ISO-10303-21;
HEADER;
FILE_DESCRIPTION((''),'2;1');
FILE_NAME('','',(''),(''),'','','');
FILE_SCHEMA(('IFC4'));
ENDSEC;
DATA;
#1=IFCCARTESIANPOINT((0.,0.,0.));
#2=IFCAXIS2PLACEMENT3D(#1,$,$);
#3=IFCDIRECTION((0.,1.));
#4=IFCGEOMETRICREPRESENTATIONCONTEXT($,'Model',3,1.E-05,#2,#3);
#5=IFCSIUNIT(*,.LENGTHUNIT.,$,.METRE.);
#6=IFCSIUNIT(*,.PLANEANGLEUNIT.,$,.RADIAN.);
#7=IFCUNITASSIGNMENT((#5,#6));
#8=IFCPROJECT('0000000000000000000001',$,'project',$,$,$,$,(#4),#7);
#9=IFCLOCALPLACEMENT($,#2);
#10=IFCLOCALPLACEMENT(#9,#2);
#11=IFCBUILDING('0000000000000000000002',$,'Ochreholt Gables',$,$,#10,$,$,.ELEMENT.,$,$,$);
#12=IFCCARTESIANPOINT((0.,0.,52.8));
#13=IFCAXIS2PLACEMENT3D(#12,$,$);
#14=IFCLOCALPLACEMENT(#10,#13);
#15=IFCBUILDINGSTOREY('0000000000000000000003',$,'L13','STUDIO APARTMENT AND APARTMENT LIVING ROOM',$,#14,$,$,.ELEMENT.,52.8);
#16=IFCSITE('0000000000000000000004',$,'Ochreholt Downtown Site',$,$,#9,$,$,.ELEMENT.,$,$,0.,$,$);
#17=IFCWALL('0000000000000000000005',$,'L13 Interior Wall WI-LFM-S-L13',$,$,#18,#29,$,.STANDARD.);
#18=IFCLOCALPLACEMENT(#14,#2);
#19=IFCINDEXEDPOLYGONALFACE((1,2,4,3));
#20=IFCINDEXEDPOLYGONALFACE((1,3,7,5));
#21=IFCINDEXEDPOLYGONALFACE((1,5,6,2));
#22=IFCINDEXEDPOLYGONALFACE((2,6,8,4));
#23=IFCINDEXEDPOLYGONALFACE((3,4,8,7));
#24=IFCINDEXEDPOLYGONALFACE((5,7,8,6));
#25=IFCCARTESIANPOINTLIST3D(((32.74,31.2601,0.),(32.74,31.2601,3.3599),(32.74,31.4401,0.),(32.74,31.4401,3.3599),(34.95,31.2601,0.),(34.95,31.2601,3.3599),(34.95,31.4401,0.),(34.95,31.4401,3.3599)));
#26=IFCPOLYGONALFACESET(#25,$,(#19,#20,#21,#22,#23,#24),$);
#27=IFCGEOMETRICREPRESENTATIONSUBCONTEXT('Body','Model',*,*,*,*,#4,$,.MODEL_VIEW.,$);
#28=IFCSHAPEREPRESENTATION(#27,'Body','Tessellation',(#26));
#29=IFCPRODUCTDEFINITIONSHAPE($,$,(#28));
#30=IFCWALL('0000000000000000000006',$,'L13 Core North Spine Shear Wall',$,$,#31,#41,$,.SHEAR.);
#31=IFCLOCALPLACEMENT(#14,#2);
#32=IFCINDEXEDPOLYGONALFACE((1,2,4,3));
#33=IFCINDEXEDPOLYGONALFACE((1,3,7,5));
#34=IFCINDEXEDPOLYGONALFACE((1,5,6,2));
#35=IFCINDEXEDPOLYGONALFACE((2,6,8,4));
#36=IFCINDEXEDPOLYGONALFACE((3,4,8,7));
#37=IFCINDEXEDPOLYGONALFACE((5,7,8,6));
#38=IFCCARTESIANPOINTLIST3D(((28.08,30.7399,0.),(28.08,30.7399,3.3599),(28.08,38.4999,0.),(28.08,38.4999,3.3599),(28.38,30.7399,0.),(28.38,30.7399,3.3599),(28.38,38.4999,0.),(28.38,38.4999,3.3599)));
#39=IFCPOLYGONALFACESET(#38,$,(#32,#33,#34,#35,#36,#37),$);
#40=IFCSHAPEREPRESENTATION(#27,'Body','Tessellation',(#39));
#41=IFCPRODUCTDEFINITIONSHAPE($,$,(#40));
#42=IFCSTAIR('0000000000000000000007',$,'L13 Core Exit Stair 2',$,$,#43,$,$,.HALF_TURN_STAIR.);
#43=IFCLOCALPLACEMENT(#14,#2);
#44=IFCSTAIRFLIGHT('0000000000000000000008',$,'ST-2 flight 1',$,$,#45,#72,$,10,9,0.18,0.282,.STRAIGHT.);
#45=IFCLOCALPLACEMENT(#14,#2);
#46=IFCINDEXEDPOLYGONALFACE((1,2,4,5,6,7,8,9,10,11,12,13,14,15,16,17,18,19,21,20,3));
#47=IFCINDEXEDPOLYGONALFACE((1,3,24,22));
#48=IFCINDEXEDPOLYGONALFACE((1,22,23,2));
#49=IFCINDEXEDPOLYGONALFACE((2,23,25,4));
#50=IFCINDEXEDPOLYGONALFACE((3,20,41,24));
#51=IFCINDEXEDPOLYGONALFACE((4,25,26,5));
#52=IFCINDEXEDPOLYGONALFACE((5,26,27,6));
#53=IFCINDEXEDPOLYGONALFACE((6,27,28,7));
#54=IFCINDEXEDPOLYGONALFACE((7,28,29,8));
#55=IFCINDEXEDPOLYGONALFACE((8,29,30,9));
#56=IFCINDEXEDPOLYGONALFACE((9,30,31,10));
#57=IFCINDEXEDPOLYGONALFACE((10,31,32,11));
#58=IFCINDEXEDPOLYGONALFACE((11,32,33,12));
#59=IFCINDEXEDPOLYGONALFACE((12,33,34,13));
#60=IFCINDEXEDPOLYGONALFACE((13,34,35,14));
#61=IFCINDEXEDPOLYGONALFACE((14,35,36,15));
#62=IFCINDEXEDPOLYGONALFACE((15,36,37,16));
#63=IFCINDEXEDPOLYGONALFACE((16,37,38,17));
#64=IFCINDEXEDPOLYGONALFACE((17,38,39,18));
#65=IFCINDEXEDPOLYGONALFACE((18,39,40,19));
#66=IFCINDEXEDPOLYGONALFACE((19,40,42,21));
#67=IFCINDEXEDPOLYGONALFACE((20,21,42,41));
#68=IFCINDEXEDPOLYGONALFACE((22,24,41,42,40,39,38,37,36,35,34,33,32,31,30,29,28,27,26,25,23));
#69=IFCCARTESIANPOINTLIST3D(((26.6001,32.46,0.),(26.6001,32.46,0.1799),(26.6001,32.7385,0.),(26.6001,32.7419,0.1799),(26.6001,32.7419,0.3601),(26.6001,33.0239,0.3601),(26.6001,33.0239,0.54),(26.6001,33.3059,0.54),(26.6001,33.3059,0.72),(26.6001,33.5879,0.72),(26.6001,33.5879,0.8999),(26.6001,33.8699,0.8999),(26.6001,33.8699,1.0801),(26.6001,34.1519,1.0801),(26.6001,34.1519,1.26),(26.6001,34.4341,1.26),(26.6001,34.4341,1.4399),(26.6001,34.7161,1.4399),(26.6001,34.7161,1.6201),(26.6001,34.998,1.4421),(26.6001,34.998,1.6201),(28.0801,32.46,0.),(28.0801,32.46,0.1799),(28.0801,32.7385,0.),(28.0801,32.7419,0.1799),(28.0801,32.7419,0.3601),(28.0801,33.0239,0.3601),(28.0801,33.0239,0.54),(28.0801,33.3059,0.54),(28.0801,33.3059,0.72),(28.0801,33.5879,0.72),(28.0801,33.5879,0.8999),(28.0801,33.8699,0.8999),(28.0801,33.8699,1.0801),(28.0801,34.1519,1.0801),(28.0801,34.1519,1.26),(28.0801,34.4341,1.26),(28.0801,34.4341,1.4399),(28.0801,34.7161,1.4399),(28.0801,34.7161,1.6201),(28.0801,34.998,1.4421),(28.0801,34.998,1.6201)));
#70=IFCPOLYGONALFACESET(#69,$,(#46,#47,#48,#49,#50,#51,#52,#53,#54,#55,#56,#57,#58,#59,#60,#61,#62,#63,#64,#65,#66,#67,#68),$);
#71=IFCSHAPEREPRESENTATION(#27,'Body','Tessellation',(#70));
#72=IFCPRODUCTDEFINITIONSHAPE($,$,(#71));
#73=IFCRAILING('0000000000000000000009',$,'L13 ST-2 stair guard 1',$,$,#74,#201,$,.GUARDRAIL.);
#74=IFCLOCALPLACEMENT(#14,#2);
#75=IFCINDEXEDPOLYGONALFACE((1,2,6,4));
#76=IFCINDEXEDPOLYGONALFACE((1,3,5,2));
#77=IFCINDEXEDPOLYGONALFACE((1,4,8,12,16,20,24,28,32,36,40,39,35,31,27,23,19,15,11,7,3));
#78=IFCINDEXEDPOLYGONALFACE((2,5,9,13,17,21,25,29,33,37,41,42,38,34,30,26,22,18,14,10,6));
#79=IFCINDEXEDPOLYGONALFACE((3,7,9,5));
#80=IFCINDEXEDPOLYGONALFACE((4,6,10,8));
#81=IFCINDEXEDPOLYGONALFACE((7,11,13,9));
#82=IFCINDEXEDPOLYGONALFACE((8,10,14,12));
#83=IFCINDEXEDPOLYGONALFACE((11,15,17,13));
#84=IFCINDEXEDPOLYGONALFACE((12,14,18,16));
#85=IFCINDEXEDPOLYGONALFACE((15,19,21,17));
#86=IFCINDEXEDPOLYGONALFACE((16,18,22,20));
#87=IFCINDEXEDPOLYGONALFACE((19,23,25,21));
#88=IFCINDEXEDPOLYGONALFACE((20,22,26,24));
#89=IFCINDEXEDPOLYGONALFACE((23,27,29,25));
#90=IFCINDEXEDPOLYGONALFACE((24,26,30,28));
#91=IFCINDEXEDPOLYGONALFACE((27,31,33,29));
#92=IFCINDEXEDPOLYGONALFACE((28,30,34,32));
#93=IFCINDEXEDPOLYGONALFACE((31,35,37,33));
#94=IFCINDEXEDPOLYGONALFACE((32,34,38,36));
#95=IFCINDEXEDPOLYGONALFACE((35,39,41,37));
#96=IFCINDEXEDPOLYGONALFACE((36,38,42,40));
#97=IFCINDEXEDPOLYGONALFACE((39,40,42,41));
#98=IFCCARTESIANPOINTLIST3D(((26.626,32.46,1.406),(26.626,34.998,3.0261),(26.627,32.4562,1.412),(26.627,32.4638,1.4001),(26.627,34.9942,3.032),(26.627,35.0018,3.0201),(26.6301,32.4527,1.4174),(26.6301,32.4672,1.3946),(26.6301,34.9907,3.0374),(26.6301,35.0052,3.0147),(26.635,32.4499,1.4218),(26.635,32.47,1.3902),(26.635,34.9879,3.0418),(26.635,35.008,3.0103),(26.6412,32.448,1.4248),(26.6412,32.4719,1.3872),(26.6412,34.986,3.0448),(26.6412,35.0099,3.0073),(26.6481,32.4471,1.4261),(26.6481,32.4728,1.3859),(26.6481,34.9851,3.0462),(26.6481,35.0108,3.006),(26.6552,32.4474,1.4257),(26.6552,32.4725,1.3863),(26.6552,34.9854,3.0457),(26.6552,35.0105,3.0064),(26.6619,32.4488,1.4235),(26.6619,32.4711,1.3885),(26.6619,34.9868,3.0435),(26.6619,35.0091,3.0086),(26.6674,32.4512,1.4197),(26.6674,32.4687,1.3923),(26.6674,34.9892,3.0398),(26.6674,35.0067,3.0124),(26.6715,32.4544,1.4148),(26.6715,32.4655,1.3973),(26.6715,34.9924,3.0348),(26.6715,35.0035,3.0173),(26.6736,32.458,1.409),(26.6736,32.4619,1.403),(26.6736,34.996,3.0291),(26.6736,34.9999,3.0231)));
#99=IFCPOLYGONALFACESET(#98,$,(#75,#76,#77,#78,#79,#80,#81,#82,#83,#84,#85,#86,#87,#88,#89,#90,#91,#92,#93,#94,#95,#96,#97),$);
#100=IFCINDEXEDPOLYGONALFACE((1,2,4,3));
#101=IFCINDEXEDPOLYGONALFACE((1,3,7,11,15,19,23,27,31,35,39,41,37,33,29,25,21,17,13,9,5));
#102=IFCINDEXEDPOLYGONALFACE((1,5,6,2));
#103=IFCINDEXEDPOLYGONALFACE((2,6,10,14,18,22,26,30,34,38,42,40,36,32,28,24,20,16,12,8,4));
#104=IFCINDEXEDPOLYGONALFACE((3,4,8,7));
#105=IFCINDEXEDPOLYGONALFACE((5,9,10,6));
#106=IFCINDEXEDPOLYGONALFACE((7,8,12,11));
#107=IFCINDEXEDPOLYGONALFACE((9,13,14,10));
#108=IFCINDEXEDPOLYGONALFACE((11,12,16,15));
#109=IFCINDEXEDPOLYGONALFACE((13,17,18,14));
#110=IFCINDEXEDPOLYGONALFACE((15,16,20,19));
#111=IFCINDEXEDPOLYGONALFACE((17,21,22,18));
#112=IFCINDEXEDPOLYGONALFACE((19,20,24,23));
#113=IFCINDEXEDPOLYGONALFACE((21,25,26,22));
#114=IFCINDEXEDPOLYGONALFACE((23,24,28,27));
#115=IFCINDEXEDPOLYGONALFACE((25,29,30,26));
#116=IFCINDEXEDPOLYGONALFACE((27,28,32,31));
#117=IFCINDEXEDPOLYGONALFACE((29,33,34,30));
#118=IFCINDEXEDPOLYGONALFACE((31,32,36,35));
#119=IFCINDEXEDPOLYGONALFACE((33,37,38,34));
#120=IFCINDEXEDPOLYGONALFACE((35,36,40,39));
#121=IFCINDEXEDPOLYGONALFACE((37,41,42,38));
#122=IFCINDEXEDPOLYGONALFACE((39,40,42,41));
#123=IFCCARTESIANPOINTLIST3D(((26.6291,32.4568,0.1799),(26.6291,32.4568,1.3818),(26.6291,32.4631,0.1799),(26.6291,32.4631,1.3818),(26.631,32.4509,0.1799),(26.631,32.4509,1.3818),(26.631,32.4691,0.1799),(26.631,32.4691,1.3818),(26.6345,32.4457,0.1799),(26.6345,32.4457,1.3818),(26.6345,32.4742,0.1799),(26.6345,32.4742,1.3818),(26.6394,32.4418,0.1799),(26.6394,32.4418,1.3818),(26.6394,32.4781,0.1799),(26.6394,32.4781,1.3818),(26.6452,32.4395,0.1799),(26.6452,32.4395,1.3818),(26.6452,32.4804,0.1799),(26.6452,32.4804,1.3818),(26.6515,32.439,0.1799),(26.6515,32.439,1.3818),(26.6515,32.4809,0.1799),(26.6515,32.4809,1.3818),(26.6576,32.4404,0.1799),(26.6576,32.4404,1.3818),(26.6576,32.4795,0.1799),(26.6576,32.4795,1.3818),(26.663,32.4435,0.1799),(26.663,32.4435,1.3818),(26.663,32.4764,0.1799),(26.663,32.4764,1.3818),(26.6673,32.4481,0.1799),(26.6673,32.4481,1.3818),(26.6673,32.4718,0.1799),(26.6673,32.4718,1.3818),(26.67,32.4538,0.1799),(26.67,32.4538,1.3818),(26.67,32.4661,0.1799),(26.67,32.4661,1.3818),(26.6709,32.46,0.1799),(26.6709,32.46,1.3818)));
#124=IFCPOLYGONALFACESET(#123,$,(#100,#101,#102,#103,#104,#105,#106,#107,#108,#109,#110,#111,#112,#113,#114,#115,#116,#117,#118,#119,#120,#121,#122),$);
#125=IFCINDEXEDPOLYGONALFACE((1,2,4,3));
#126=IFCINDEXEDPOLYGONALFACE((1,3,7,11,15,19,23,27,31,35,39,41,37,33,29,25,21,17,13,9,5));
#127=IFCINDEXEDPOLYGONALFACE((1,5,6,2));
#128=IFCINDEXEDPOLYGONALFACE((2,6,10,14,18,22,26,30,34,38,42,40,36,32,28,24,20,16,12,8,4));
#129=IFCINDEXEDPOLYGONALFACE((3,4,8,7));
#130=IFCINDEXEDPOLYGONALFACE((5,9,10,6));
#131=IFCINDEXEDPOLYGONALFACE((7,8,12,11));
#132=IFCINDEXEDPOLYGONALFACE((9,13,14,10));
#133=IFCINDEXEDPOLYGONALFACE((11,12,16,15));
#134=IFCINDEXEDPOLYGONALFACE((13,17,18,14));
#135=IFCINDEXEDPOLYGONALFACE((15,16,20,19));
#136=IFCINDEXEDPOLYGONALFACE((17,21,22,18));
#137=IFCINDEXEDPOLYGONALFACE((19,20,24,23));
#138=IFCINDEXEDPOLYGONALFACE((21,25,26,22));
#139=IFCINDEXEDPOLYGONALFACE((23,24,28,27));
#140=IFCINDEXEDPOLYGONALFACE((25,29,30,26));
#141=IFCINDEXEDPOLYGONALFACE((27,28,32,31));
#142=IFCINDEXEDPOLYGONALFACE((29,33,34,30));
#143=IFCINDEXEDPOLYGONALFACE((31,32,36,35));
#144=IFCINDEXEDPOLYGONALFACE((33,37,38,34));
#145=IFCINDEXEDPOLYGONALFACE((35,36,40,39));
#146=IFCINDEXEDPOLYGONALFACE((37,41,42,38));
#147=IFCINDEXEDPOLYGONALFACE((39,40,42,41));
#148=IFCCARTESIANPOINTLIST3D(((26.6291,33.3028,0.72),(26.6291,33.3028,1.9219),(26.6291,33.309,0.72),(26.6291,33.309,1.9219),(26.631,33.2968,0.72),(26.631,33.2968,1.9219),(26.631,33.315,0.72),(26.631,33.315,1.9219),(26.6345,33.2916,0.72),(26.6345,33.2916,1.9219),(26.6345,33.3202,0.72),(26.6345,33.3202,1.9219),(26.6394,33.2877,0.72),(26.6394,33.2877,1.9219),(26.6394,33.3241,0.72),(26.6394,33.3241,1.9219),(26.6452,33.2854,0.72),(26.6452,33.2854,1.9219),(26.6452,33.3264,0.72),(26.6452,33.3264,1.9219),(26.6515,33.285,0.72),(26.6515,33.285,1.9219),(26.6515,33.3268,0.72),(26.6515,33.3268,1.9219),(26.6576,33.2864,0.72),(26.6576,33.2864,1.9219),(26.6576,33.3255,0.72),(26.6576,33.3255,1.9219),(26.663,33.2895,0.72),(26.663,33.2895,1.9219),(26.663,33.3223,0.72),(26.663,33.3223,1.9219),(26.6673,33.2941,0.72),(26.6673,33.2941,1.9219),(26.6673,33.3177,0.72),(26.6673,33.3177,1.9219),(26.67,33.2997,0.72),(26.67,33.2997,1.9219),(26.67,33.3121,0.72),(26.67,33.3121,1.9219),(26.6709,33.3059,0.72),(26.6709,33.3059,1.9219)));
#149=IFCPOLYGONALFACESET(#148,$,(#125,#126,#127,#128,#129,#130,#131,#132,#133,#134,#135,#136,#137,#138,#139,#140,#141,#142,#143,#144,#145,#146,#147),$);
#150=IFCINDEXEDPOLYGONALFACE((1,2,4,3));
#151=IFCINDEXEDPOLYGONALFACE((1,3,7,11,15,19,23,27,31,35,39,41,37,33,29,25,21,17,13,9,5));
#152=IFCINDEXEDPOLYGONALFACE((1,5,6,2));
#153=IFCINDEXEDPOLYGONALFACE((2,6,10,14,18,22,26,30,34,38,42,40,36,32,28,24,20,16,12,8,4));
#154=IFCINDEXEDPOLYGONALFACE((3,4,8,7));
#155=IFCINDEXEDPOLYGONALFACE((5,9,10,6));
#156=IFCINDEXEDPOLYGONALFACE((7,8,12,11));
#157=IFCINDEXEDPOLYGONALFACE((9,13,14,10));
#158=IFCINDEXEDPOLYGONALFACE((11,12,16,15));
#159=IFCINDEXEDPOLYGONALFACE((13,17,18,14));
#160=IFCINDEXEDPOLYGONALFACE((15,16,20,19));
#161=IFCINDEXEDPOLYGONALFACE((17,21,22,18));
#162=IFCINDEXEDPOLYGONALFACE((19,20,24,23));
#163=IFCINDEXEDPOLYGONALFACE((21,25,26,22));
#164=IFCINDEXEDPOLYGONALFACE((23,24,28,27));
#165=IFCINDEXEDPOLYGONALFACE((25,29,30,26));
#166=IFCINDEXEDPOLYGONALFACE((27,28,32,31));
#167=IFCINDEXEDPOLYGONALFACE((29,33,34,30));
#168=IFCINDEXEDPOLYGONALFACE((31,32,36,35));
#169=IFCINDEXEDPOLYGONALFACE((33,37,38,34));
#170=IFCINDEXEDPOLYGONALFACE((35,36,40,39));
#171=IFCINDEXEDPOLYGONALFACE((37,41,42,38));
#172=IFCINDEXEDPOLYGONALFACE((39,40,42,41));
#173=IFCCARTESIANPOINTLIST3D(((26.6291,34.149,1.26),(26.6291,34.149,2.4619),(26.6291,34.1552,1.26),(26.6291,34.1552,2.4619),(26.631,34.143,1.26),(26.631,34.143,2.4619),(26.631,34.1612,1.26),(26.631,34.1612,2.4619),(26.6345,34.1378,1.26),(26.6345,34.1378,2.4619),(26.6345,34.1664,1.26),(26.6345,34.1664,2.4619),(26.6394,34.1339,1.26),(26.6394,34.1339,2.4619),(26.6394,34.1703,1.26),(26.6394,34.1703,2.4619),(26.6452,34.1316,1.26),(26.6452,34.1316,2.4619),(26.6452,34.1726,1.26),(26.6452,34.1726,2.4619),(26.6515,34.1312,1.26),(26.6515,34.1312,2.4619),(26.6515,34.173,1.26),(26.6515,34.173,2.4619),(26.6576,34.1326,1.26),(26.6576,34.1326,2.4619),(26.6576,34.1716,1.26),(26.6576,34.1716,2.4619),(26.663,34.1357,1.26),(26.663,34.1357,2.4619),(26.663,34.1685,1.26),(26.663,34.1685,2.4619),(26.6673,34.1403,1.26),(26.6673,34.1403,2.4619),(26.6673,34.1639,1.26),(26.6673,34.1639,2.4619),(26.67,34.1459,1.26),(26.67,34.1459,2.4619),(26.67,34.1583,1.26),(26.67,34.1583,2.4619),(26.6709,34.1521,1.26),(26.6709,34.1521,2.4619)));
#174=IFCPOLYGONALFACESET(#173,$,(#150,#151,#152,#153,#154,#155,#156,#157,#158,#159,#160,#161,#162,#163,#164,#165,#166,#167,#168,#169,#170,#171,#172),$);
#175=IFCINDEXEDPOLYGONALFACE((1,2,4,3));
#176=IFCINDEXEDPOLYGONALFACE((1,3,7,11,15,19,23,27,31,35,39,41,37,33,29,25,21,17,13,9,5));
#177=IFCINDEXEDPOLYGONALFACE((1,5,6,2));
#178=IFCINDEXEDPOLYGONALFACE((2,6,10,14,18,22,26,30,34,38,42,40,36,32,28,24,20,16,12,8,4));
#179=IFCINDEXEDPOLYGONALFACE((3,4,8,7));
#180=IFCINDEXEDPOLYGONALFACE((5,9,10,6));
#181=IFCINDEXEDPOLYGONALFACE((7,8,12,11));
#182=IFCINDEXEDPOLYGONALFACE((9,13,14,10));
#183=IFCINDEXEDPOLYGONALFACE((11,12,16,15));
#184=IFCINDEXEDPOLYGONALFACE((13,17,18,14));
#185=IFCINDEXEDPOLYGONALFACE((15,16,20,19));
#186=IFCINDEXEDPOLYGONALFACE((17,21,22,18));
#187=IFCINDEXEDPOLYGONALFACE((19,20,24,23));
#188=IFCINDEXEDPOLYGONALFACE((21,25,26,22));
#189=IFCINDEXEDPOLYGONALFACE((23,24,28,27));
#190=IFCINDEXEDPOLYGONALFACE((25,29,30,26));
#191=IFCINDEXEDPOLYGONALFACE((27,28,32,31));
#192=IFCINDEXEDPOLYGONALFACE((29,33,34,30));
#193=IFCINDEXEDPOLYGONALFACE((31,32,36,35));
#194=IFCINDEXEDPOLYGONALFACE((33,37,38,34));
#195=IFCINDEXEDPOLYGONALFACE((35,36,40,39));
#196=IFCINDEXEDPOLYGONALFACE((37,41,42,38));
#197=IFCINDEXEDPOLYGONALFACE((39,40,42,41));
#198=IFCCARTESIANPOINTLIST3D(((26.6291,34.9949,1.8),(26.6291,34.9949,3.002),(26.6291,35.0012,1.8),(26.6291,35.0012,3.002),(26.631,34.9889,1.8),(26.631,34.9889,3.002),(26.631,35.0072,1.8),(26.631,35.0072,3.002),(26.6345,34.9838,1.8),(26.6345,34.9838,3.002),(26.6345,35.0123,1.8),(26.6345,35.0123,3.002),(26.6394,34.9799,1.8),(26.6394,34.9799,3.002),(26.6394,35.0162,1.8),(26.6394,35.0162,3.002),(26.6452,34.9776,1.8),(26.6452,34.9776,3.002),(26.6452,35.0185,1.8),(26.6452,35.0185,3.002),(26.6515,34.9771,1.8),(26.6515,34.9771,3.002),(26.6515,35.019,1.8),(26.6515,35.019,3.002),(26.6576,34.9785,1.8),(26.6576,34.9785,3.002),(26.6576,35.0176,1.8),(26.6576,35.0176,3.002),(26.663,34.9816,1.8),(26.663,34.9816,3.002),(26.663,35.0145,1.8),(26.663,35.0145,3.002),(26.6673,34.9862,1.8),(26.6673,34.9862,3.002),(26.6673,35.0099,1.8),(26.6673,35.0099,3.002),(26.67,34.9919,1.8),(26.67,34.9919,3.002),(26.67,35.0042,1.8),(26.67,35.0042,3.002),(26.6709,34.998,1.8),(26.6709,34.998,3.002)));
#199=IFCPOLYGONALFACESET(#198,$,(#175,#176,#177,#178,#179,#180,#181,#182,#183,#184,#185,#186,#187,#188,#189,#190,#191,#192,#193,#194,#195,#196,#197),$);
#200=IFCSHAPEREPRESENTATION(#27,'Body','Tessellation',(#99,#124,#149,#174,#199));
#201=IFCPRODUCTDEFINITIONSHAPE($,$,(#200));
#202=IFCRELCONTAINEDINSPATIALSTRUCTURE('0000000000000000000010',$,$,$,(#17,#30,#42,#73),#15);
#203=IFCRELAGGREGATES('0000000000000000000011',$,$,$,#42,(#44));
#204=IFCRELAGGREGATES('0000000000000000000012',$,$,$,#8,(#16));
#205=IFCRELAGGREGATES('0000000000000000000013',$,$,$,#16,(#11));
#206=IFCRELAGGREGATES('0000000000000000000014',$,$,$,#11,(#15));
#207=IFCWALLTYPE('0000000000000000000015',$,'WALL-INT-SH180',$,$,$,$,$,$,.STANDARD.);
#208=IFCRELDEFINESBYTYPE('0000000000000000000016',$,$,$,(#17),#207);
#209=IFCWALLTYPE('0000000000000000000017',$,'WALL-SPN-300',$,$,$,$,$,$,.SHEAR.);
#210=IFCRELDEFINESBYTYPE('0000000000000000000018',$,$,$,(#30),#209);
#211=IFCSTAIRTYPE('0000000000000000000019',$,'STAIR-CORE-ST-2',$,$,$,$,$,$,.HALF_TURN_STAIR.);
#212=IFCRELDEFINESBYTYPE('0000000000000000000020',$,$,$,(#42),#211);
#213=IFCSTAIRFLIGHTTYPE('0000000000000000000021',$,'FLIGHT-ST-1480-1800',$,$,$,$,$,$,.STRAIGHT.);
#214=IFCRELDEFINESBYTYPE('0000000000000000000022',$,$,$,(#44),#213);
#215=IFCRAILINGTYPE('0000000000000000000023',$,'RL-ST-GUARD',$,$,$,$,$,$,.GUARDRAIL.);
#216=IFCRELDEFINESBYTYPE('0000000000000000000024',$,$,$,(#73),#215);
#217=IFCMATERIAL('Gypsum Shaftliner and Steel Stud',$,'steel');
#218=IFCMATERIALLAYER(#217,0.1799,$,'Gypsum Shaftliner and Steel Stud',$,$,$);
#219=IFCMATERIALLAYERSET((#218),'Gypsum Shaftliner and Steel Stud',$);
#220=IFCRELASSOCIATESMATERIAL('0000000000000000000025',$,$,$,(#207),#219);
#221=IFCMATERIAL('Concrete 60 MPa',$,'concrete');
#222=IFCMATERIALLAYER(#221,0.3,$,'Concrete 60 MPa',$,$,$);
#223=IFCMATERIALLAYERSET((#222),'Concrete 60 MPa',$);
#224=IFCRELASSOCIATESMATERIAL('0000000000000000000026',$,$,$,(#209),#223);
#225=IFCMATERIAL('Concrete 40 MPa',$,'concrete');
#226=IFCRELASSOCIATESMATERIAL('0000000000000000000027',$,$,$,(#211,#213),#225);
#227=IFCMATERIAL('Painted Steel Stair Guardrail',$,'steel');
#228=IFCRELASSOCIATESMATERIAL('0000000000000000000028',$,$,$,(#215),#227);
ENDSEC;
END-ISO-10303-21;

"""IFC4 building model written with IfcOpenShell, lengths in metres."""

from ifc_helpers import new_model, si_unit, direction, frame, frame_2d, origin, origin_2d, place, context, subcontext, project, spatial, polyline, rectangle, circle, outline, extrude, material, layer, layer_set, type_object, element, aggregate, save


model = new_model("IFC4")

# Units and contexts
model_context = context("Model", 3, precision=1e-05, world=origin(), true_north=direction((0.0, 1.0)))
body_context = subcontext(model_context, "Body", "Model", "MODEL_VIEW")
ifc_project = project(units=[si_unit("LENGTHUNIT", "METRE"), si_unit("PLANEANGLEUNIT", "RADIAN")], contexts=[model_context])

# Site, building, storey
site_placement = place(None, origin())
site = spatial("IfcSite", under=ifc_project, at=site_placement, Name="Ochreholt Downtown Site", CompositionType="ELEMENT", RefElevation=0.0)
building_placement = place(site_placement, origin())
building = spatial("IfcBuilding", under=site, at=building_placement, Name="Ochreholt Gables", CompositionType="ELEMENT")
storey_placement = place(building_placement, frame((0.0, 0.0, 52.8)))
storey = spatial("IfcBuildingStorey", under=building, at=storey_placement, Name="L13", Description="STUDIO APARTMENT AND APARTMENT LIVING ROOM", CompositionType="ELEMENT", Elevation=52.8)

# Shared definitions
ifc_material_1 = material(Name="Concrete 40 MPa", Category="concrete")

# Walls
ifc_material_2 = material(Name="Gypsum Shaftliner and Steel Stud", Category="steel")
ifc_layer_1 = layer(ifc_material_2, 0.1799, Name="Gypsum Shaftliner and Steel Stud")
ifc_layer_set_1 = layer_set([ifc_layer_1], Name="Gypsum Shaftliner and Steel Stud")
wall_type_1 = type_object("IfcWallType", Name="WALL-INT-SH180", PredefinedType="STANDARD", material=ifc_layer_set_1)
wall_1_placement = place(storey_placement, frame((32.74, 31.3501, 0.0), z_axis=(0.0, 0.0, 1.0), x_axis=(1.0, 0.0, 0.0)))
element("IfcWall", 1, at=wall_1_placement, inside=storey, type_object=wall_type_1, Name="L13 Interior Wall WI-LFM-S-L13", PredefinedType="STANDARD", context=body_context, shape_type="SweptSolid", body=[
    extrude(rectangle(XDim=2.21, YDim=0.1799, at=frame_2d((1.105, 0.0))), origin(), (0.0, 0.0, 1.0), 3.3599),
])
ifc_material_3 = material(Name="Concrete 60 MPa", Category="concrete")
ifc_layer_2 = layer(ifc_material_3, 0.3, Name="Concrete 60 MPa")
ifc_layer_set_2 = layer_set([ifc_layer_2], Name="Concrete 60 MPa")
wall_type_2 = type_object("IfcWallType", Name="WALL-SPN-300", PredefinedType="SHEAR", material=ifc_layer_set_2)
wall_2_placement = place(storey_placement, frame((28.23, 30.74, 0.0), z_axis=(0.0, 0.0, 1.0), x_axis=(0.0, 1.0, 0.0)))
element("IfcWall", 2, at=wall_2_placement, inside=storey, type_object=wall_type_2, Name="L13 Core North Spine Shear Wall", PredefinedType="SHEAR", context=body_context, shape_type="SweptSolid", body=[
    extrude(rectangle(XDim=7.76, YDim=0.3, at=frame_2d((3.8799, 0.0))), origin(), (0.0, 0.0, 1.0), 3.3599),
])

# Stair, stair flight
stair_type = type_object("IfcStairType", Name="STAIR-CORE-ST-2", PredefinedType="HALF_TURN_STAIR", material=ifc_material_1)
stair_placement = place(storey_placement, origin())
stair = element("IfcStair", 3, at=stair_placement, inside=storey, type_object=stair_type, Name="L13 Core Exit Stair 2", PredefinedType="HALF_TURN_STAIR")
stair_flight_type = type_object("IfcStairFlightType", Name="FLIGHT-ST-1480-1800", PredefinedType="STRAIGHT", material=ifc_material_1)
stair_flight_placement = place(storey_placement, frame((27.3401, 32.46, 0.0), z_axis=(0.0, 0.0, 1.0), x_axis=(0.0, 1.0, 0.0)))
stair_flight = element("IfcStairFlight", 4, at=stair_flight_placement, type_object=stair_flight_type, Name="ST-2 flight 1", NumberOfRisers=10, NumberOfTreads=9, PredefinedType="STRAIGHT", RiserHeight=0.18, TreadLength=0.282, context=body_context, shape_type="SweptSolid", body=[
    extrude(outline(polyline([(0.0, 0.0), (0.0, 0.1799), (0.282, 0.1799), (0.282, 0.3601), (0.564, 0.3601), (0.564, 0.54), (0.8459, 0.54), (0.8459, 0.72), (1.1279, 0.72), (1.1279, 0.8999), (1.4099, 0.8999), (1.4099, 1.0801), (1.6919, 1.0801), (1.6919, 1.26), (1.9741, 1.26), (1.9741, 1.4399), (2.2561, 1.4399), (2.2561, 1.6201), (2.5381, 1.6201), (2.5381, 1.8), (2.5381, 1.4421), (0.2786, 0.0), (0.0, 0.0)])), frame((0.0, 0.74, 0.0), z_axis=(0.0, -1.0, 0.0), x_axis=(1.0, 0.0, 0.0)), (0.0, 0.0, 1.0), 1.48),
])
aggregate(stair, [stair_flight])

# Railing
ifc_material_4 = material(Name="Painted Steel Stair Guardrail", Category="steel")
railing_type_1 = type_object("IfcRailingType", Name="RL-ST-GUARD", PredefinedType="GUARDRAIL", material=ifc_material_4)
railing_1_placement = place(storey_placement, frame((26.6499, 32.46, 0.1799)))
element("IfcRailing", 5, at=railing_1_placement, inside=storey, type_object=railing_type_1, Name="L13 ST-2 stair guard 1", PredefinedType="GUARDRAIL", context=body_context, shape_type="SweptSolid", body=[
    extrude(circle(Radius=0.0239, at=origin_2d()), frame((0.0, 0.0, 1.2261), z_axis=(0.0, 0.842913, 0.53805), x_axis=(-1.0, 0.0, 0.0)), (0.0, 0.0, 1.0), 3.011),
    extrude(circle(Radius=0.021, at=origin_2d()), origin(), (0.0, 0.0, 1.0), 1.2019),
    extrude(circle(Radius=0.021, at=origin_2d()), frame((0.0, 0.8459, 0.54)), (0.0, 0.0, 1.0), 1.2019),
    extrude(circle(Radius=0.021, at=origin_2d()), frame((0.0, 1.6921, 1.0801)), (0.0, 0.0, 1.0), 1.2019),
    extrude(circle(Radius=0.021, at=origin_2d()), frame((0.0, 2.5381, 1.6201)), (0.0, 0.0, 1.0), 1.2019),
])

save(model, "model.ifc")
